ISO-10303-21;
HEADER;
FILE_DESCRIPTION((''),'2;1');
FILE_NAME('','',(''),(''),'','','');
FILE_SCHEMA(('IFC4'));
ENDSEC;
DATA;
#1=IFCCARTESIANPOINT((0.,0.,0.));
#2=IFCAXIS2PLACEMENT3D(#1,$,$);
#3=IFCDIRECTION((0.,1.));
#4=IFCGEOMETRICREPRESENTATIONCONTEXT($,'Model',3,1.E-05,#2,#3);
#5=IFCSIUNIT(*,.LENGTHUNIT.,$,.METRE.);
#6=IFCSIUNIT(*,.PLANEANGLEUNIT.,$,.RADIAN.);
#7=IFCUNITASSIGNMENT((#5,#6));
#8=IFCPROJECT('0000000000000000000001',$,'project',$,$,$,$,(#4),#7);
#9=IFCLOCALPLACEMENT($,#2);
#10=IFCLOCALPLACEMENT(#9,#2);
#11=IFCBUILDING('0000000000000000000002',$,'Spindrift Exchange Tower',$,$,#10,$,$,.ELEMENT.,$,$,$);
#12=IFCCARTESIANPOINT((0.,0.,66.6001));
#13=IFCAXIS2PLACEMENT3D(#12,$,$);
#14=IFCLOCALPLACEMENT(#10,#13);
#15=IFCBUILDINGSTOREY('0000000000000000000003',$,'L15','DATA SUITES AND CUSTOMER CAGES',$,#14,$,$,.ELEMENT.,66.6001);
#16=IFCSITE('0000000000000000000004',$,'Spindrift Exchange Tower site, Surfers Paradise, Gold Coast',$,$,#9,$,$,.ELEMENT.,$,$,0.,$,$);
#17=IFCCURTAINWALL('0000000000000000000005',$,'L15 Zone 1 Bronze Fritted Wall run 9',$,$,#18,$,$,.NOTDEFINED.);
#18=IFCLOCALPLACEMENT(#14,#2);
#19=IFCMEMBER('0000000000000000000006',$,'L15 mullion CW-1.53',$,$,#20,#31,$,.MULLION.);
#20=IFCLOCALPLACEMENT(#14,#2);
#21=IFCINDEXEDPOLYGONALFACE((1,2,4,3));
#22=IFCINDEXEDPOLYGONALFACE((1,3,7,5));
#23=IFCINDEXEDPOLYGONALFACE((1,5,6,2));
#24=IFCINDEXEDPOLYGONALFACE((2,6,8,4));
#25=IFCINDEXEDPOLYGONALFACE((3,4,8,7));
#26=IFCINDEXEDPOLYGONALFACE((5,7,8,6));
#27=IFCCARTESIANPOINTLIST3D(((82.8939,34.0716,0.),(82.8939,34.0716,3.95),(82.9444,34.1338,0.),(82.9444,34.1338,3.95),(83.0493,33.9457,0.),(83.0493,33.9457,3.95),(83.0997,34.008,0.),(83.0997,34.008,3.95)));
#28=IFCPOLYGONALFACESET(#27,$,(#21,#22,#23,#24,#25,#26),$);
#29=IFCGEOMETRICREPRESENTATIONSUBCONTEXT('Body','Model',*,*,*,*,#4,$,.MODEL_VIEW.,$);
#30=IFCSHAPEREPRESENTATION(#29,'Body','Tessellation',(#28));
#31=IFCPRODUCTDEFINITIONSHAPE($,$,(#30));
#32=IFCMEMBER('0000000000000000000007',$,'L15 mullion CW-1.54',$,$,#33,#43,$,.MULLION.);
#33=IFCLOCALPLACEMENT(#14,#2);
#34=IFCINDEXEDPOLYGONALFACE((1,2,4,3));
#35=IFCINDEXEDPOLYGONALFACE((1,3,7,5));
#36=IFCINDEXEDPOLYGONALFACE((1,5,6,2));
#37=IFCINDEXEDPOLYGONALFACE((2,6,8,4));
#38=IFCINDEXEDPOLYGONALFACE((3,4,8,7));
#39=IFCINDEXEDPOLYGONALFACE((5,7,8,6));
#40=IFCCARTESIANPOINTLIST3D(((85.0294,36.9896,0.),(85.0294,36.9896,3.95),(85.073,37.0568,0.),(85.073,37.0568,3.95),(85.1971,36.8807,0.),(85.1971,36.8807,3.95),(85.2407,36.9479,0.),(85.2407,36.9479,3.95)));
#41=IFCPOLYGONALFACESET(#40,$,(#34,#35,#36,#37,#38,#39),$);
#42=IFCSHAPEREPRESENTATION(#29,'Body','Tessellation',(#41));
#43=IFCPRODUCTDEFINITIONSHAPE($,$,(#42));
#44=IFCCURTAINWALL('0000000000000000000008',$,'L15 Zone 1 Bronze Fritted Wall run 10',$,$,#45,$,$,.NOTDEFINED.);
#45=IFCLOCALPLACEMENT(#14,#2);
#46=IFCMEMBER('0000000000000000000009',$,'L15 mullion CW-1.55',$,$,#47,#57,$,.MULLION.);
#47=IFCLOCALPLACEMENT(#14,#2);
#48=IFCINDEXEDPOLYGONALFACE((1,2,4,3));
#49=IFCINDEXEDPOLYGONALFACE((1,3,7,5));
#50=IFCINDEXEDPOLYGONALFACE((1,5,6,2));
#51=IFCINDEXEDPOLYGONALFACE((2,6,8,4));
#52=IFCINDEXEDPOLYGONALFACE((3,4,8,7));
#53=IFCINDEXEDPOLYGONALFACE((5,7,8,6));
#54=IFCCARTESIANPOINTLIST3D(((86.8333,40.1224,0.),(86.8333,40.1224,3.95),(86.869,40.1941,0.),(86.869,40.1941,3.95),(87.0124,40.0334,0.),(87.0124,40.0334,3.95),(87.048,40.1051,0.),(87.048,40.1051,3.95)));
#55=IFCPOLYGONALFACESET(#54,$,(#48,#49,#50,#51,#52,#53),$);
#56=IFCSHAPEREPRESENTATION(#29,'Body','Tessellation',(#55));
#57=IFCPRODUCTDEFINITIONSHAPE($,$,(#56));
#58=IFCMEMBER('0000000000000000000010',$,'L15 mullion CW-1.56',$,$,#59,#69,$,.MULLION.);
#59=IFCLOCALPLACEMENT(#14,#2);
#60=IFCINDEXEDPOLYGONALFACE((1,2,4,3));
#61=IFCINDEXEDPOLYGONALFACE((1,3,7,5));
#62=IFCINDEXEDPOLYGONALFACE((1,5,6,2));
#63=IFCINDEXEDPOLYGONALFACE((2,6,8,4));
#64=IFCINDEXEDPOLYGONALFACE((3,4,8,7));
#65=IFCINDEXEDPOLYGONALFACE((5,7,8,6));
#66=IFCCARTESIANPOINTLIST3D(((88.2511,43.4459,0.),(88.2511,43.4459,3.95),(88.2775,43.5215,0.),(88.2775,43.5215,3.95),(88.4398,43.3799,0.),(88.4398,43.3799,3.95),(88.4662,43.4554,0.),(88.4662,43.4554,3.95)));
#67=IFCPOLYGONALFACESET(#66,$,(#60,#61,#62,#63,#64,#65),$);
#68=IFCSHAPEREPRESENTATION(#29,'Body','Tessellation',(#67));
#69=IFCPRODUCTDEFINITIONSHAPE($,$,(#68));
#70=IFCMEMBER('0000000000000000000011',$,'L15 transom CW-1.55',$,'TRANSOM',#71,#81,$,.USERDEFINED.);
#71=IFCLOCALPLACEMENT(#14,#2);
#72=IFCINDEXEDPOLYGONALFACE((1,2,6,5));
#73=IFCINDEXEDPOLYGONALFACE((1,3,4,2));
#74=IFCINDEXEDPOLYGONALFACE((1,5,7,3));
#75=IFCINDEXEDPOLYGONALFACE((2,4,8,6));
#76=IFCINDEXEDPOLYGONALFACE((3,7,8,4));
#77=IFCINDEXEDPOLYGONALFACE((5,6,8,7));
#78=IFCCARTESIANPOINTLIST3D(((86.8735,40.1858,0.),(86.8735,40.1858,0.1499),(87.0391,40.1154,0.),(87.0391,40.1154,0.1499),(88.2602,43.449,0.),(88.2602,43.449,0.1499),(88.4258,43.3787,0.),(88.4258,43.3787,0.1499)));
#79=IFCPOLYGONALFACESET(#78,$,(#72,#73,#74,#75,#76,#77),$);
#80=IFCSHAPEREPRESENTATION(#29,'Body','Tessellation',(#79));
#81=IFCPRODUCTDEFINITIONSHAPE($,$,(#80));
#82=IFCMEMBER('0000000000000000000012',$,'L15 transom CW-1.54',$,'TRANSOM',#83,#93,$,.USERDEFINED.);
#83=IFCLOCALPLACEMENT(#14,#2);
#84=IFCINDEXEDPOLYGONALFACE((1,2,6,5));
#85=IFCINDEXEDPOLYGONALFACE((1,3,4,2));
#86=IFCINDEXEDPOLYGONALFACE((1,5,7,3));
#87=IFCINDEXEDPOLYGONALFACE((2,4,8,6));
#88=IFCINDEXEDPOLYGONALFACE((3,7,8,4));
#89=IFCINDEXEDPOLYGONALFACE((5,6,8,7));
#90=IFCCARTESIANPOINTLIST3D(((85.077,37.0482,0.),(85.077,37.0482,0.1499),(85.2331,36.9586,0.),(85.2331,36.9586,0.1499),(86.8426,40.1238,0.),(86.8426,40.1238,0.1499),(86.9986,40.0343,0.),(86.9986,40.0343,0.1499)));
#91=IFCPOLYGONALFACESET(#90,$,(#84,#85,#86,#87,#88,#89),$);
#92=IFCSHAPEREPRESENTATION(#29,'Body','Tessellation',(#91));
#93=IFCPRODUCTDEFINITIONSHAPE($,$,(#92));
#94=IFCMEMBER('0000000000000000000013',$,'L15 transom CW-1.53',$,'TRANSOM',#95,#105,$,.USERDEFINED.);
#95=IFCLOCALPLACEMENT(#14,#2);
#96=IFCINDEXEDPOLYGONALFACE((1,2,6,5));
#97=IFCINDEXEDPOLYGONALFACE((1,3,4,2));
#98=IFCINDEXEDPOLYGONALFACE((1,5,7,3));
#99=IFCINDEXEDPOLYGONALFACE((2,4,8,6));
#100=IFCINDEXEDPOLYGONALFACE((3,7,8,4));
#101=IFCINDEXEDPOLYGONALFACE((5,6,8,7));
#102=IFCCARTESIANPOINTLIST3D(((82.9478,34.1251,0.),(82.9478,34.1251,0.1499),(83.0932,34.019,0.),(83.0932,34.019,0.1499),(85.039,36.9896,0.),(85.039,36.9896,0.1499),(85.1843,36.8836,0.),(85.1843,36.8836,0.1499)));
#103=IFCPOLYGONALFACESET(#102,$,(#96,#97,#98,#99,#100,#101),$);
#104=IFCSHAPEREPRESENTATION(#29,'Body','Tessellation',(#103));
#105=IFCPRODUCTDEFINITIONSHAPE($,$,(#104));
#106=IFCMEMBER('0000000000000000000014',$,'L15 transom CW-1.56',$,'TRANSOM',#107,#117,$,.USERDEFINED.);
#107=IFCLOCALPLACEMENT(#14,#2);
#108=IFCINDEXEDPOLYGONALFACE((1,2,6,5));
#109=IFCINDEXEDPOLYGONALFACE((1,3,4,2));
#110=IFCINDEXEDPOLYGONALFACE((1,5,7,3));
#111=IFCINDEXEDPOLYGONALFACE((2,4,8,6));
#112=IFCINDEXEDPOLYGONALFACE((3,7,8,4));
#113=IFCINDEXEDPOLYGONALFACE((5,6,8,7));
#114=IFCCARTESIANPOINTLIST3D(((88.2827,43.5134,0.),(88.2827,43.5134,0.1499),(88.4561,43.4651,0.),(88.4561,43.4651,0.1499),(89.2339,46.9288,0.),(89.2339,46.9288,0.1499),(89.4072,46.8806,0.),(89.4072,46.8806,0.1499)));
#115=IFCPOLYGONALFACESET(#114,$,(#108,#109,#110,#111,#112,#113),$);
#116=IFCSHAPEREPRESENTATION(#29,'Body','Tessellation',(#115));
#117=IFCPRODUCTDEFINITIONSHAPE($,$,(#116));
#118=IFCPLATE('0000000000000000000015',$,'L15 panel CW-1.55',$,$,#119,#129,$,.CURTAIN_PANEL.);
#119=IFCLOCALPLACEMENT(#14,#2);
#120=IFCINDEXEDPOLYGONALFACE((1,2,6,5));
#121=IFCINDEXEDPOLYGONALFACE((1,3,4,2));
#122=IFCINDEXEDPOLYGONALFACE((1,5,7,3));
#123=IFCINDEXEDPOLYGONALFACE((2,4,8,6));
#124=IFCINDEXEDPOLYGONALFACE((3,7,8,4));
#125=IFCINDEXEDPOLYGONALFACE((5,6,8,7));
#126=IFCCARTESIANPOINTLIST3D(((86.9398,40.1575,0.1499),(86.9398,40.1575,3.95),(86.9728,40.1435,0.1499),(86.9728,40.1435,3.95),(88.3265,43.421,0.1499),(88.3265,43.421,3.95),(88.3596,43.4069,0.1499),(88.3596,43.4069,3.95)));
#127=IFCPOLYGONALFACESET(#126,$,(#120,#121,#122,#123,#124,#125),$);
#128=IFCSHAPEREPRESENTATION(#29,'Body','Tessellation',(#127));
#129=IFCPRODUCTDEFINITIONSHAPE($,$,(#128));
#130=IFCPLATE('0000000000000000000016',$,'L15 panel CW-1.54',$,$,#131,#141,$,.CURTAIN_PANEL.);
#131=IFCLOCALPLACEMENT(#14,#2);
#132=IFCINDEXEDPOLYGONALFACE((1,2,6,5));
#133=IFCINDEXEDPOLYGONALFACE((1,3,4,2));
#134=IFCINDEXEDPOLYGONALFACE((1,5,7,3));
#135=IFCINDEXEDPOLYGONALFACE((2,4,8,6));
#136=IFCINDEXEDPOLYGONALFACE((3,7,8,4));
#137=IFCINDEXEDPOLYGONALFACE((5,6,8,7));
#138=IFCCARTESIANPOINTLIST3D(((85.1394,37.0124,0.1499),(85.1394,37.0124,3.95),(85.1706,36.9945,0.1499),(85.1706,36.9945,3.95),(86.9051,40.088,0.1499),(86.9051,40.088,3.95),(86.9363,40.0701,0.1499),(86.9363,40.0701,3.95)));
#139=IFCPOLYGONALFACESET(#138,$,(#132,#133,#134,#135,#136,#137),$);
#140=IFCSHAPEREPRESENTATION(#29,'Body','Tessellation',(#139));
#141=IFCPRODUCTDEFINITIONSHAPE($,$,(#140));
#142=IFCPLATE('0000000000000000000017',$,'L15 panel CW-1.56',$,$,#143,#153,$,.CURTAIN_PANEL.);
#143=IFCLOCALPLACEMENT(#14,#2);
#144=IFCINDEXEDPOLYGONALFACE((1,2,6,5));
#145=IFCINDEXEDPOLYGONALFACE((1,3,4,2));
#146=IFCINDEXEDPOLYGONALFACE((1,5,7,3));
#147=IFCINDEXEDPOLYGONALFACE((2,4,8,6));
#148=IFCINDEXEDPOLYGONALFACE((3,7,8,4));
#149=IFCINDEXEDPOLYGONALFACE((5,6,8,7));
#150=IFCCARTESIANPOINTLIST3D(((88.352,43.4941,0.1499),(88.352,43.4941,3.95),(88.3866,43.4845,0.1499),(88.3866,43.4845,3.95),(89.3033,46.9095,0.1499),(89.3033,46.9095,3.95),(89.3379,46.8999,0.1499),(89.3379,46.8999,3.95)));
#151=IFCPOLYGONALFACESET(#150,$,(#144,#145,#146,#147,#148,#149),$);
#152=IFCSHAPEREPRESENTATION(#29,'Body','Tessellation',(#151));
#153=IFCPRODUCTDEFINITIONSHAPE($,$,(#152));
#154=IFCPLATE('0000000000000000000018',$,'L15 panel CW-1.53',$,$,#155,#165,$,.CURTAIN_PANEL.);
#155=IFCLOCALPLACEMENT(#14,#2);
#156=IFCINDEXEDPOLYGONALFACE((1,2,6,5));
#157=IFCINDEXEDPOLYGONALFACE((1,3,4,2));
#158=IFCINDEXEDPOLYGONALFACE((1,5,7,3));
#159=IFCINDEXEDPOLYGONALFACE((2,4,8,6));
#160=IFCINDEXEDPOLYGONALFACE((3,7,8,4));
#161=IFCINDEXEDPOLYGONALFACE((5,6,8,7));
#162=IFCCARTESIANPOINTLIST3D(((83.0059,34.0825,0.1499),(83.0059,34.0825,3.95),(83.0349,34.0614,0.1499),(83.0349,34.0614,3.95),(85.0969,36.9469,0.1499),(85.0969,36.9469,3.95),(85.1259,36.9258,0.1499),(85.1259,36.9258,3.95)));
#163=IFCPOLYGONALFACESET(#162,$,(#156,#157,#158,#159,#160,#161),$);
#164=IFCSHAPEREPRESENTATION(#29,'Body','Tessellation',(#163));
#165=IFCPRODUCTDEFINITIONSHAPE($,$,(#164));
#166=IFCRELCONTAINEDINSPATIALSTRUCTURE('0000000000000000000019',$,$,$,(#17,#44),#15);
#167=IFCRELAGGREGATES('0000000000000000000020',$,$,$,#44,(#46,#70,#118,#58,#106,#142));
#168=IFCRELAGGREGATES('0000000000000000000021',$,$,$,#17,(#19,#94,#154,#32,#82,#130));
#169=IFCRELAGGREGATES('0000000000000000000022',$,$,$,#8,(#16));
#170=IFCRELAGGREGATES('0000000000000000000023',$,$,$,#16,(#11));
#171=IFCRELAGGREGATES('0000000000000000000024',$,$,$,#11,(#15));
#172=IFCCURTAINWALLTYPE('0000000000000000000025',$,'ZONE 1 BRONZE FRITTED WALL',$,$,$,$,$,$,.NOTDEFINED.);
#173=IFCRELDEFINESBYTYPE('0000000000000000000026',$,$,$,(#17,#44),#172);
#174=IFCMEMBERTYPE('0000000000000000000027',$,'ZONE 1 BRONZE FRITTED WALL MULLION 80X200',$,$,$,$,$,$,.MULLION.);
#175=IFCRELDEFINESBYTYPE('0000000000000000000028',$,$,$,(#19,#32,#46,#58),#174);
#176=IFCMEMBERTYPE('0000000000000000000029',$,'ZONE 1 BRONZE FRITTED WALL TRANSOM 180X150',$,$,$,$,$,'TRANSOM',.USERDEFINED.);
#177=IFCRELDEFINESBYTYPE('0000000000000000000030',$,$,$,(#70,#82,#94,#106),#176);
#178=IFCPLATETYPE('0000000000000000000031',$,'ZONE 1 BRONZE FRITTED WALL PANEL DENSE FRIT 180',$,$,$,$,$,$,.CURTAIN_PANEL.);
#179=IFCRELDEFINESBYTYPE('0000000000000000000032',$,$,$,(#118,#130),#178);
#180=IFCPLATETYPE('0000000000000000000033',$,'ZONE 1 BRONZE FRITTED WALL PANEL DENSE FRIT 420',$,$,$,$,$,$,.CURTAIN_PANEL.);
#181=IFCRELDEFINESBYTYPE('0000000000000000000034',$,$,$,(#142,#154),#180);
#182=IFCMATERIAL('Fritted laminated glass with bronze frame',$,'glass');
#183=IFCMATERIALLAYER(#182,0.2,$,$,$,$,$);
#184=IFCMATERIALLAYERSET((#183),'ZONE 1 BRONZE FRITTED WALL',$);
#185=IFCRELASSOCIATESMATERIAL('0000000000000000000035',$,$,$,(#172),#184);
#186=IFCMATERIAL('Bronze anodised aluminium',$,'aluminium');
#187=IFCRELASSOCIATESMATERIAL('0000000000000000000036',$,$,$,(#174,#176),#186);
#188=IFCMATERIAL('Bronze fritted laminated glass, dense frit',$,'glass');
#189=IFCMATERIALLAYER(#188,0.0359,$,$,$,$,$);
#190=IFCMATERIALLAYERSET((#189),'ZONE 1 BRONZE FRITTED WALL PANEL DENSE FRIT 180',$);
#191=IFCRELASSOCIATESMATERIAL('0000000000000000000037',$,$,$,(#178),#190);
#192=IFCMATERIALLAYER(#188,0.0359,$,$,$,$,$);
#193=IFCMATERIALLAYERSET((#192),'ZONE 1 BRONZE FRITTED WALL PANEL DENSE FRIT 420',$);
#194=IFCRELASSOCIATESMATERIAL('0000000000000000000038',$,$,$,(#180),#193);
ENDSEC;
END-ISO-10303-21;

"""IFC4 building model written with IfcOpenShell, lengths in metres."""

from ifc_helpers import new_model, si_unit, direction, frame, origin, origin_2d, place, context, subcontext, project, spatial, rectangle, extrude, source, transform, mapped, material, layer, layer_set, material_profile, profile_set, type_object, element, aggregate, save


model = new_model("IFC4")

# Units and contexts
model_context = context("Model", 3, precision=1e-05, world=origin(), true_north=direction((0.0, 1.0)))
body_context = subcontext(model_context, "Body", "Model", "MODEL_VIEW")
ifc_project = project(units=[si_unit("LENGTHUNIT", "METRE"), si_unit("PLANEANGLEUNIT", "RADIAN")], contexts=[model_context])

# Site, building, storey
site_placement = place(None, origin())
site = spatial("IfcSite", under=ifc_project, at=site_placement, Name="Spindrift Exchange Tower site, Surfers Paradise, Gold Coast", CompositionType="ELEMENT", RefElevation=0.0)
building_placement = place(site_placement, origin())
building = spatial("IfcBuilding", under=site, at=building_placement, Name="Spindrift Exchange Tower", CompositionType="ELEMENT")
storey_placement = place(building_placement, frame((0.0, 0.0, 66.6001)))
storey = spatial("IfcBuildingStorey", under=building, at=storey_placement, Name="L15", Description="DATA SUITES AND CUSTOMER CAGES", CompositionType="ELEMENT", Elevation=66.6001)

# Curtain walls, members
ifc_material_1 = material(Name="Fritted laminated glass with bronze frame", Category="glass")
ifc_layer_1 = layer(ifc_material_1, 0.2)
ifc_layer_set_1 = layer_set([ifc_layer_1], Name="ZONE 1 BRONZE FRITTED WALL")
curtain_wall_type = type_object("IfcCurtainWallType", Name="ZONE 1 BRONZE FRITTED WALL", PredefinedType="NOTDEFINED", material=ifc_layer_set_1)
curtain_wall_1_placement = place(storey_placement, origin())
curtain_wall_1 = element("IfcCurtainWall", 1, at=curtain_wall_1_placement, inside=storey, type_object=curtain_wall_type, Name="L15 Zone 1 Bronze Fritted Wall run 9", PredefinedType="NOTDEFINED")
ifc_material_2 = material(Name="Bronze anodised aluminium", Category="aluminium")
ifc_material_profile_1 = material_profile(ifc_material_2, rectangle(XDim=0.0801, YDim=0.2, at=origin_2d()), Name="ZONE 1 BRONZE FRITTED WALL MULLION 80X200")
ifc_profile_set_1 = profile_set([ifc_material_profile_1], Name="Bronze anodised aluminium")
member_type_1 = type_object("IfcMemberType", Name="ZONE 1 BRONZE FRITTED WALL MULLION 80X200", PredefinedType="MULLION", material=ifc_profile_set_1)
shared_shape_1 = source(origin(), body_context, "Body", "SweptSolid", [
    extrude(rectangle(XDim=0.0801, YDim=0.2, at=origin_2d()), origin(), (0.0, 0.0, 1.0), 3.95),
])
member_1_placement = place(storey_placement, frame((82.9968, 34.0398, 0.0), z_axis=(0.0, 0.0, 1.0), x_axis=(0.629515, 0.776989, 0.0)))
member_1 = element("IfcMember", 2, at=member_1_placement, type_object=member_type_1, Name="L15 mullion CW-1.53", PredefinedType="MULLION", context=body_context, shape_type="MappedRepresentation", body=[
    mapped(shared_shape_1, transform((0.0, 0.0, 0.0), scale=1.0)),
])
member_2_placement = place(storey_placement, frame((85.135, 36.9688, 0.0), z_axis=(0.0, 0.0, 1.0), x_axis=(0.54456, 0.838722, 0.0)))
member_2 = element("IfcMember", 3, at=member_2_placement, type_object=member_type_1, Name="L15 mullion CW-1.54", PredefinedType="MULLION", context=body_context, shape_type="MappedRepresentation", body=[
    mapped(shared_shape_1, transform((0.0, 0.0, 0.0), scale=1.0)),
])
curtain_wall_2_placement = place(storey_placement, origin())
curtain_wall_2 = element("IfcCurtainWall", 4, at=curtain_wall_2_placement, inside=storey, type_object=curtain_wall_type, Name="L15 Zone 1 Bronze Fritted Wall run 10", PredefinedType="NOTDEFINED")
member_3_placement = place(storey_placement, frame((86.9407, 40.1138, 0.0), z_axis=(0.0, 0.0, 1.0), x_axis=(0.44528, 0.895391, 0.0)))
member_3 = element("IfcMember", 5, at=member_3_placement, type_object=member_type_1, Name="L15 mullion CW-1.55", PredefinedType="MULLION", context=body_context, shape_type="MappedRepresentation", body=[
    mapped(shared_shape_1, transform((0.0, 0.0, 0.0), scale=1.0)),
])
member_4_placement = place(storey_placement, frame((88.3586, 43.4507, 0.0), z_axis=(0.0, 0.0, 1.0), x_axis=(0.330406, 0.943839, 0.0)))
member_4 = element("IfcMember", 6, at=member_4_placement, type_object=member_type_1, Name="L15 mullion CW-1.56", PredefinedType="MULLION", context=body_context, shape_type="MappedRepresentation", body=[
    mapped(shared_shape_1, transform((0.0, 0.0, 0.0), scale=1.0)),
])
ifc_material_profile_2 = material_profile(ifc_material_2, rectangle(XDim=0.1799, YDim=0.1499, at=origin_2d()), Name="ZONE 1 BRONZE FRITTED WALL TRANSOM 180X150")
ifc_profile_set_2 = profile_set([ifc_material_profile_2], Name="Bronze anodised aluminium")
member_type_2 = type_object("IfcMemberType", Name="ZONE 1 BRONZE FRITTED WALL TRANSOM 180X150", ElementType="TRANSOM", PredefinedType="USERDEFINED", material=ifc_profile_set_2)
shared_shape_2 = source(origin(), body_context, "Body", "SweptSolid", [
    extrude(rectangle(XDim=0.1799, YDim=0.1499, at=origin_2d()), origin(), (0.0, 0.0, 1.0), 3.5457),
])
member_5_placement = place(storey_placement, frame((86.9563, 40.1506, 0.075), z_axis=(0.391109, 0.920345, 0.0), x_axis=(-0.920345, 0.391109, 0.0)))
member_5 = element("IfcMember", 7, at=member_5_placement, type_object=member_type_2, Name="L15 transom CW-1.55", ObjectType="TRANSOM", PredefinedType="USERDEFINED", context=body_context, shape_type="MappedRepresentation", body=[
    mapped(shared_shape_2, transform((0.0, 0.0, 0.0), scale=1.0)),
])

# Members
shared_shape_3 = source(origin(), body_context, "Body", "SweptSolid", [
    extrude(rectangle(XDim=0.1799, YDim=0.1499, at=origin_2d()), origin(), (0.0, 0.0, 1.0), 3.5464),
])
member_6_placement = place(storey_placement, frame((85.155, 37.0034, 0.075), z_axis=(0.497858, 0.867259, 0.0), x_axis=(-0.867259, 0.497858, 0.0)))
member_6 = element("IfcMember", 8, at=member_6_placement, type_object=member_type_2, Name="L15 transom CW-1.54", ObjectType="TRANSOM", PredefinedType="USERDEFINED", context=body_context, shape_type="MappedRepresentation", body=[
    mapped(shared_shape_3, transform((0.0, 0.0, 0.0), scale=1.0)),
])
shared_shape_4 = source(origin(), body_context, "Body", "SweptSolid", [
    extrude(rectangle(XDim=0.1799, YDim=0.1499, at=origin_2d()), origin(), (0.0, 0.0, 1.0), 3.5466),
])
member_7_placement = place(storey_placement, frame((83.0205, 34.072, 0.075), z_axis=(0.589607, 0.80769, 0.0), x_axis=(-0.80769, 0.589607, 0.0)))
member_7 = element("IfcMember", 9, at=member_7_placement, type_object=member_type_2, Name="L15 transom CW-1.53", ObjectType="TRANSOM", PredefinedType="USERDEFINED", context=body_context, shape_type="MappedRepresentation", body=[
    mapped(shared_shape_4, transform((0.0, 0.0, 0.0), scale=1.0)),
])
shared_shape_5 = source(origin(), body_context, "Body", "SweptSolid", [
    extrude(rectangle(XDim=0.1799, YDim=0.1499, at=origin_2d()), origin(), (0.0, 0.0, 1.0), 3.5454),
])
member_8_placement = place(storey_placement, frame((88.3694, 43.4893, 0.075), z_axis=(0.268276, 0.963342, 0.0), x_axis=(-0.963342, 0.268276, 0.0)))
member_8 = element("IfcMember", 10, at=member_8_placement, type_object=member_type_2, Name="L15 transom CW-1.56", ObjectType="TRANSOM", PredefinedType="USERDEFINED", context=body_context, shape_type="MappedRepresentation", body=[
    mapped(shared_shape_5, transform((0.0, 0.0, 0.0), scale=1.0)),
])

# Plates
ifc_material_3 = material(Name="Bronze fritted laminated glass, dense frit", Category="glass")
ifc_layer_2 = layer(ifc_material_3, 0.0359)
ifc_layer_set_2 = layer_set([ifc_layer_2], Name="ZONE 1 BRONZE FRITTED WALL PANEL DENSE FRIT 180")
plate_type_1 = type_object("IfcPlateType", Name="ZONE 1 BRONZE FRITTED WALL PANEL DENSE FRIT 180", PredefinedType="CURTAIN_PANEL", material=ifc_layer_set_2)
shared_shape_6 = source(origin(), body_context, "Body", "SweptSolid", [
    extrude(rectangle(XDim=3.5459, YDim=0.0359, at=origin_2d()), origin(), (0.0, 0.0, 1.0), 3.8),
])
plate_1_placement = place(storey_placement, frame((87.6497, 41.7822, 0.1499), z_axis=(0.0, 0.0, 1.0), x_axis=(0.391088, 0.920353, 0.0)))
plate_1 = element("IfcPlate", 11, at=plate_1_placement, type_object=plate_type_1, Name="L15 panel CW-1.55", PredefinedType="CURTAIN_PANEL", context=body_context, shape_type="MappedRepresentation", body=[
    mapped(shared_shape_6, transform((0.0, 0.0, 0.0), scale=1.0)),
])
shared_shape_7 = source(origin(), body_context, "Body", "SweptSolid", [
    extrude(rectangle(XDim=3.5464, YDim=0.0359, at=origin_2d()), origin(), (0.0, 0.0, 1.0), 3.8),
])
plate_2_placement = place(storey_placement, frame((86.0378, 38.5413, 0.1499), z_axis=(0.0, 0.0, 1.0), x_axis=(0.497887, 0.867242, 0.0)))
plate_2 = element("IfcPlate", 12, at=plate_2_placement, type_object=plate_type_1, Name="L15 panel CW-1.54", PredefinedType="CURTAIN_PANEL", context=body_context, shape_type="MappedRepresentation", body=[
    mapped(shared_shape_7, transform((0.0, 0.0, 0.0), scale=1.0)),
])
ifc_layer_3 = layer(ifc_material_3, 0.0359)
ifc_layer_set_3 = layer_set([ifc_layer_3], Name="ZONE 1 BRONZE FRITTED WALL PANEL DENSE FRIT 420")
plate_type_2 = type_object("IfcPlateType", Name="ZONE 1 BRONZE FRITTED WALL PANEL DENSE FRIT 420", PredefinedType="CURTAIN_PANEL", material=ifc_layer_set_3)
shared_shape_8 = source(origin(), body_context, "Body", "SweptSolid", [
    extrude(rectangle(XDim=3.5454, YDim=0.0359, at=origin_2d()), origin(), (0.0, 0.0, 1.0), 3.8),
])
plate_3_placement = place(storey_placement, frame((88.845, 45.197, 0.1499), z_axis=(0.0, 0.0, 1.0), x_axis=(0.268325, 0.963329, 0.0)))
plate_3 = element("IfcPlate", 13, at=plate_3_placement, type_object=plate_type_2, Name="L15 panel CW-1.56", PredefinedType="CURTAIN_PANEL", context=body_context, shape_type="MappedRepresentation", body=[
    mapped(shared_shape_8, transform((0.0, 0.0, 0.0), scale=1.0)),
])
aggregate(curtain_wall_2, [member_3, member_5, plate_1, member_4, member_8, plate_3])
shared_shape_9 = source(origin(), body_context, "Body", "SweptSolid", [
    extrude(rectangle(XDim=3.5464, YDim=0.0359, at=origin_2d()), origin(), (0.0, 0.0, 1.0), 3.8),
])
plate_4_placement = place(storey_placement, frame((84.0659, 35.5042, 0.1499), z_axis=(0.0, 0.0, 1.0), x_axis=(0.589604, 0.807693, 0.0)))
plate_4 = element("IfcPlate", 14, at=plate_4_placement, type_object=plate_type_2, Name="L15 panel CW-1.53", PredefinedType="CURTAIN_PANEL", context=body_context, shape_type="MappedRepresentation", body=[
    mapped(shared_shape_9, transform((0.0, 0.0, 0.0), scale=1.0)),
])
aggregate(curtain_wall_1, [member_1, member_7, plate_4, member_2, member_6, plate_2])

save(model, "model.ifc")
